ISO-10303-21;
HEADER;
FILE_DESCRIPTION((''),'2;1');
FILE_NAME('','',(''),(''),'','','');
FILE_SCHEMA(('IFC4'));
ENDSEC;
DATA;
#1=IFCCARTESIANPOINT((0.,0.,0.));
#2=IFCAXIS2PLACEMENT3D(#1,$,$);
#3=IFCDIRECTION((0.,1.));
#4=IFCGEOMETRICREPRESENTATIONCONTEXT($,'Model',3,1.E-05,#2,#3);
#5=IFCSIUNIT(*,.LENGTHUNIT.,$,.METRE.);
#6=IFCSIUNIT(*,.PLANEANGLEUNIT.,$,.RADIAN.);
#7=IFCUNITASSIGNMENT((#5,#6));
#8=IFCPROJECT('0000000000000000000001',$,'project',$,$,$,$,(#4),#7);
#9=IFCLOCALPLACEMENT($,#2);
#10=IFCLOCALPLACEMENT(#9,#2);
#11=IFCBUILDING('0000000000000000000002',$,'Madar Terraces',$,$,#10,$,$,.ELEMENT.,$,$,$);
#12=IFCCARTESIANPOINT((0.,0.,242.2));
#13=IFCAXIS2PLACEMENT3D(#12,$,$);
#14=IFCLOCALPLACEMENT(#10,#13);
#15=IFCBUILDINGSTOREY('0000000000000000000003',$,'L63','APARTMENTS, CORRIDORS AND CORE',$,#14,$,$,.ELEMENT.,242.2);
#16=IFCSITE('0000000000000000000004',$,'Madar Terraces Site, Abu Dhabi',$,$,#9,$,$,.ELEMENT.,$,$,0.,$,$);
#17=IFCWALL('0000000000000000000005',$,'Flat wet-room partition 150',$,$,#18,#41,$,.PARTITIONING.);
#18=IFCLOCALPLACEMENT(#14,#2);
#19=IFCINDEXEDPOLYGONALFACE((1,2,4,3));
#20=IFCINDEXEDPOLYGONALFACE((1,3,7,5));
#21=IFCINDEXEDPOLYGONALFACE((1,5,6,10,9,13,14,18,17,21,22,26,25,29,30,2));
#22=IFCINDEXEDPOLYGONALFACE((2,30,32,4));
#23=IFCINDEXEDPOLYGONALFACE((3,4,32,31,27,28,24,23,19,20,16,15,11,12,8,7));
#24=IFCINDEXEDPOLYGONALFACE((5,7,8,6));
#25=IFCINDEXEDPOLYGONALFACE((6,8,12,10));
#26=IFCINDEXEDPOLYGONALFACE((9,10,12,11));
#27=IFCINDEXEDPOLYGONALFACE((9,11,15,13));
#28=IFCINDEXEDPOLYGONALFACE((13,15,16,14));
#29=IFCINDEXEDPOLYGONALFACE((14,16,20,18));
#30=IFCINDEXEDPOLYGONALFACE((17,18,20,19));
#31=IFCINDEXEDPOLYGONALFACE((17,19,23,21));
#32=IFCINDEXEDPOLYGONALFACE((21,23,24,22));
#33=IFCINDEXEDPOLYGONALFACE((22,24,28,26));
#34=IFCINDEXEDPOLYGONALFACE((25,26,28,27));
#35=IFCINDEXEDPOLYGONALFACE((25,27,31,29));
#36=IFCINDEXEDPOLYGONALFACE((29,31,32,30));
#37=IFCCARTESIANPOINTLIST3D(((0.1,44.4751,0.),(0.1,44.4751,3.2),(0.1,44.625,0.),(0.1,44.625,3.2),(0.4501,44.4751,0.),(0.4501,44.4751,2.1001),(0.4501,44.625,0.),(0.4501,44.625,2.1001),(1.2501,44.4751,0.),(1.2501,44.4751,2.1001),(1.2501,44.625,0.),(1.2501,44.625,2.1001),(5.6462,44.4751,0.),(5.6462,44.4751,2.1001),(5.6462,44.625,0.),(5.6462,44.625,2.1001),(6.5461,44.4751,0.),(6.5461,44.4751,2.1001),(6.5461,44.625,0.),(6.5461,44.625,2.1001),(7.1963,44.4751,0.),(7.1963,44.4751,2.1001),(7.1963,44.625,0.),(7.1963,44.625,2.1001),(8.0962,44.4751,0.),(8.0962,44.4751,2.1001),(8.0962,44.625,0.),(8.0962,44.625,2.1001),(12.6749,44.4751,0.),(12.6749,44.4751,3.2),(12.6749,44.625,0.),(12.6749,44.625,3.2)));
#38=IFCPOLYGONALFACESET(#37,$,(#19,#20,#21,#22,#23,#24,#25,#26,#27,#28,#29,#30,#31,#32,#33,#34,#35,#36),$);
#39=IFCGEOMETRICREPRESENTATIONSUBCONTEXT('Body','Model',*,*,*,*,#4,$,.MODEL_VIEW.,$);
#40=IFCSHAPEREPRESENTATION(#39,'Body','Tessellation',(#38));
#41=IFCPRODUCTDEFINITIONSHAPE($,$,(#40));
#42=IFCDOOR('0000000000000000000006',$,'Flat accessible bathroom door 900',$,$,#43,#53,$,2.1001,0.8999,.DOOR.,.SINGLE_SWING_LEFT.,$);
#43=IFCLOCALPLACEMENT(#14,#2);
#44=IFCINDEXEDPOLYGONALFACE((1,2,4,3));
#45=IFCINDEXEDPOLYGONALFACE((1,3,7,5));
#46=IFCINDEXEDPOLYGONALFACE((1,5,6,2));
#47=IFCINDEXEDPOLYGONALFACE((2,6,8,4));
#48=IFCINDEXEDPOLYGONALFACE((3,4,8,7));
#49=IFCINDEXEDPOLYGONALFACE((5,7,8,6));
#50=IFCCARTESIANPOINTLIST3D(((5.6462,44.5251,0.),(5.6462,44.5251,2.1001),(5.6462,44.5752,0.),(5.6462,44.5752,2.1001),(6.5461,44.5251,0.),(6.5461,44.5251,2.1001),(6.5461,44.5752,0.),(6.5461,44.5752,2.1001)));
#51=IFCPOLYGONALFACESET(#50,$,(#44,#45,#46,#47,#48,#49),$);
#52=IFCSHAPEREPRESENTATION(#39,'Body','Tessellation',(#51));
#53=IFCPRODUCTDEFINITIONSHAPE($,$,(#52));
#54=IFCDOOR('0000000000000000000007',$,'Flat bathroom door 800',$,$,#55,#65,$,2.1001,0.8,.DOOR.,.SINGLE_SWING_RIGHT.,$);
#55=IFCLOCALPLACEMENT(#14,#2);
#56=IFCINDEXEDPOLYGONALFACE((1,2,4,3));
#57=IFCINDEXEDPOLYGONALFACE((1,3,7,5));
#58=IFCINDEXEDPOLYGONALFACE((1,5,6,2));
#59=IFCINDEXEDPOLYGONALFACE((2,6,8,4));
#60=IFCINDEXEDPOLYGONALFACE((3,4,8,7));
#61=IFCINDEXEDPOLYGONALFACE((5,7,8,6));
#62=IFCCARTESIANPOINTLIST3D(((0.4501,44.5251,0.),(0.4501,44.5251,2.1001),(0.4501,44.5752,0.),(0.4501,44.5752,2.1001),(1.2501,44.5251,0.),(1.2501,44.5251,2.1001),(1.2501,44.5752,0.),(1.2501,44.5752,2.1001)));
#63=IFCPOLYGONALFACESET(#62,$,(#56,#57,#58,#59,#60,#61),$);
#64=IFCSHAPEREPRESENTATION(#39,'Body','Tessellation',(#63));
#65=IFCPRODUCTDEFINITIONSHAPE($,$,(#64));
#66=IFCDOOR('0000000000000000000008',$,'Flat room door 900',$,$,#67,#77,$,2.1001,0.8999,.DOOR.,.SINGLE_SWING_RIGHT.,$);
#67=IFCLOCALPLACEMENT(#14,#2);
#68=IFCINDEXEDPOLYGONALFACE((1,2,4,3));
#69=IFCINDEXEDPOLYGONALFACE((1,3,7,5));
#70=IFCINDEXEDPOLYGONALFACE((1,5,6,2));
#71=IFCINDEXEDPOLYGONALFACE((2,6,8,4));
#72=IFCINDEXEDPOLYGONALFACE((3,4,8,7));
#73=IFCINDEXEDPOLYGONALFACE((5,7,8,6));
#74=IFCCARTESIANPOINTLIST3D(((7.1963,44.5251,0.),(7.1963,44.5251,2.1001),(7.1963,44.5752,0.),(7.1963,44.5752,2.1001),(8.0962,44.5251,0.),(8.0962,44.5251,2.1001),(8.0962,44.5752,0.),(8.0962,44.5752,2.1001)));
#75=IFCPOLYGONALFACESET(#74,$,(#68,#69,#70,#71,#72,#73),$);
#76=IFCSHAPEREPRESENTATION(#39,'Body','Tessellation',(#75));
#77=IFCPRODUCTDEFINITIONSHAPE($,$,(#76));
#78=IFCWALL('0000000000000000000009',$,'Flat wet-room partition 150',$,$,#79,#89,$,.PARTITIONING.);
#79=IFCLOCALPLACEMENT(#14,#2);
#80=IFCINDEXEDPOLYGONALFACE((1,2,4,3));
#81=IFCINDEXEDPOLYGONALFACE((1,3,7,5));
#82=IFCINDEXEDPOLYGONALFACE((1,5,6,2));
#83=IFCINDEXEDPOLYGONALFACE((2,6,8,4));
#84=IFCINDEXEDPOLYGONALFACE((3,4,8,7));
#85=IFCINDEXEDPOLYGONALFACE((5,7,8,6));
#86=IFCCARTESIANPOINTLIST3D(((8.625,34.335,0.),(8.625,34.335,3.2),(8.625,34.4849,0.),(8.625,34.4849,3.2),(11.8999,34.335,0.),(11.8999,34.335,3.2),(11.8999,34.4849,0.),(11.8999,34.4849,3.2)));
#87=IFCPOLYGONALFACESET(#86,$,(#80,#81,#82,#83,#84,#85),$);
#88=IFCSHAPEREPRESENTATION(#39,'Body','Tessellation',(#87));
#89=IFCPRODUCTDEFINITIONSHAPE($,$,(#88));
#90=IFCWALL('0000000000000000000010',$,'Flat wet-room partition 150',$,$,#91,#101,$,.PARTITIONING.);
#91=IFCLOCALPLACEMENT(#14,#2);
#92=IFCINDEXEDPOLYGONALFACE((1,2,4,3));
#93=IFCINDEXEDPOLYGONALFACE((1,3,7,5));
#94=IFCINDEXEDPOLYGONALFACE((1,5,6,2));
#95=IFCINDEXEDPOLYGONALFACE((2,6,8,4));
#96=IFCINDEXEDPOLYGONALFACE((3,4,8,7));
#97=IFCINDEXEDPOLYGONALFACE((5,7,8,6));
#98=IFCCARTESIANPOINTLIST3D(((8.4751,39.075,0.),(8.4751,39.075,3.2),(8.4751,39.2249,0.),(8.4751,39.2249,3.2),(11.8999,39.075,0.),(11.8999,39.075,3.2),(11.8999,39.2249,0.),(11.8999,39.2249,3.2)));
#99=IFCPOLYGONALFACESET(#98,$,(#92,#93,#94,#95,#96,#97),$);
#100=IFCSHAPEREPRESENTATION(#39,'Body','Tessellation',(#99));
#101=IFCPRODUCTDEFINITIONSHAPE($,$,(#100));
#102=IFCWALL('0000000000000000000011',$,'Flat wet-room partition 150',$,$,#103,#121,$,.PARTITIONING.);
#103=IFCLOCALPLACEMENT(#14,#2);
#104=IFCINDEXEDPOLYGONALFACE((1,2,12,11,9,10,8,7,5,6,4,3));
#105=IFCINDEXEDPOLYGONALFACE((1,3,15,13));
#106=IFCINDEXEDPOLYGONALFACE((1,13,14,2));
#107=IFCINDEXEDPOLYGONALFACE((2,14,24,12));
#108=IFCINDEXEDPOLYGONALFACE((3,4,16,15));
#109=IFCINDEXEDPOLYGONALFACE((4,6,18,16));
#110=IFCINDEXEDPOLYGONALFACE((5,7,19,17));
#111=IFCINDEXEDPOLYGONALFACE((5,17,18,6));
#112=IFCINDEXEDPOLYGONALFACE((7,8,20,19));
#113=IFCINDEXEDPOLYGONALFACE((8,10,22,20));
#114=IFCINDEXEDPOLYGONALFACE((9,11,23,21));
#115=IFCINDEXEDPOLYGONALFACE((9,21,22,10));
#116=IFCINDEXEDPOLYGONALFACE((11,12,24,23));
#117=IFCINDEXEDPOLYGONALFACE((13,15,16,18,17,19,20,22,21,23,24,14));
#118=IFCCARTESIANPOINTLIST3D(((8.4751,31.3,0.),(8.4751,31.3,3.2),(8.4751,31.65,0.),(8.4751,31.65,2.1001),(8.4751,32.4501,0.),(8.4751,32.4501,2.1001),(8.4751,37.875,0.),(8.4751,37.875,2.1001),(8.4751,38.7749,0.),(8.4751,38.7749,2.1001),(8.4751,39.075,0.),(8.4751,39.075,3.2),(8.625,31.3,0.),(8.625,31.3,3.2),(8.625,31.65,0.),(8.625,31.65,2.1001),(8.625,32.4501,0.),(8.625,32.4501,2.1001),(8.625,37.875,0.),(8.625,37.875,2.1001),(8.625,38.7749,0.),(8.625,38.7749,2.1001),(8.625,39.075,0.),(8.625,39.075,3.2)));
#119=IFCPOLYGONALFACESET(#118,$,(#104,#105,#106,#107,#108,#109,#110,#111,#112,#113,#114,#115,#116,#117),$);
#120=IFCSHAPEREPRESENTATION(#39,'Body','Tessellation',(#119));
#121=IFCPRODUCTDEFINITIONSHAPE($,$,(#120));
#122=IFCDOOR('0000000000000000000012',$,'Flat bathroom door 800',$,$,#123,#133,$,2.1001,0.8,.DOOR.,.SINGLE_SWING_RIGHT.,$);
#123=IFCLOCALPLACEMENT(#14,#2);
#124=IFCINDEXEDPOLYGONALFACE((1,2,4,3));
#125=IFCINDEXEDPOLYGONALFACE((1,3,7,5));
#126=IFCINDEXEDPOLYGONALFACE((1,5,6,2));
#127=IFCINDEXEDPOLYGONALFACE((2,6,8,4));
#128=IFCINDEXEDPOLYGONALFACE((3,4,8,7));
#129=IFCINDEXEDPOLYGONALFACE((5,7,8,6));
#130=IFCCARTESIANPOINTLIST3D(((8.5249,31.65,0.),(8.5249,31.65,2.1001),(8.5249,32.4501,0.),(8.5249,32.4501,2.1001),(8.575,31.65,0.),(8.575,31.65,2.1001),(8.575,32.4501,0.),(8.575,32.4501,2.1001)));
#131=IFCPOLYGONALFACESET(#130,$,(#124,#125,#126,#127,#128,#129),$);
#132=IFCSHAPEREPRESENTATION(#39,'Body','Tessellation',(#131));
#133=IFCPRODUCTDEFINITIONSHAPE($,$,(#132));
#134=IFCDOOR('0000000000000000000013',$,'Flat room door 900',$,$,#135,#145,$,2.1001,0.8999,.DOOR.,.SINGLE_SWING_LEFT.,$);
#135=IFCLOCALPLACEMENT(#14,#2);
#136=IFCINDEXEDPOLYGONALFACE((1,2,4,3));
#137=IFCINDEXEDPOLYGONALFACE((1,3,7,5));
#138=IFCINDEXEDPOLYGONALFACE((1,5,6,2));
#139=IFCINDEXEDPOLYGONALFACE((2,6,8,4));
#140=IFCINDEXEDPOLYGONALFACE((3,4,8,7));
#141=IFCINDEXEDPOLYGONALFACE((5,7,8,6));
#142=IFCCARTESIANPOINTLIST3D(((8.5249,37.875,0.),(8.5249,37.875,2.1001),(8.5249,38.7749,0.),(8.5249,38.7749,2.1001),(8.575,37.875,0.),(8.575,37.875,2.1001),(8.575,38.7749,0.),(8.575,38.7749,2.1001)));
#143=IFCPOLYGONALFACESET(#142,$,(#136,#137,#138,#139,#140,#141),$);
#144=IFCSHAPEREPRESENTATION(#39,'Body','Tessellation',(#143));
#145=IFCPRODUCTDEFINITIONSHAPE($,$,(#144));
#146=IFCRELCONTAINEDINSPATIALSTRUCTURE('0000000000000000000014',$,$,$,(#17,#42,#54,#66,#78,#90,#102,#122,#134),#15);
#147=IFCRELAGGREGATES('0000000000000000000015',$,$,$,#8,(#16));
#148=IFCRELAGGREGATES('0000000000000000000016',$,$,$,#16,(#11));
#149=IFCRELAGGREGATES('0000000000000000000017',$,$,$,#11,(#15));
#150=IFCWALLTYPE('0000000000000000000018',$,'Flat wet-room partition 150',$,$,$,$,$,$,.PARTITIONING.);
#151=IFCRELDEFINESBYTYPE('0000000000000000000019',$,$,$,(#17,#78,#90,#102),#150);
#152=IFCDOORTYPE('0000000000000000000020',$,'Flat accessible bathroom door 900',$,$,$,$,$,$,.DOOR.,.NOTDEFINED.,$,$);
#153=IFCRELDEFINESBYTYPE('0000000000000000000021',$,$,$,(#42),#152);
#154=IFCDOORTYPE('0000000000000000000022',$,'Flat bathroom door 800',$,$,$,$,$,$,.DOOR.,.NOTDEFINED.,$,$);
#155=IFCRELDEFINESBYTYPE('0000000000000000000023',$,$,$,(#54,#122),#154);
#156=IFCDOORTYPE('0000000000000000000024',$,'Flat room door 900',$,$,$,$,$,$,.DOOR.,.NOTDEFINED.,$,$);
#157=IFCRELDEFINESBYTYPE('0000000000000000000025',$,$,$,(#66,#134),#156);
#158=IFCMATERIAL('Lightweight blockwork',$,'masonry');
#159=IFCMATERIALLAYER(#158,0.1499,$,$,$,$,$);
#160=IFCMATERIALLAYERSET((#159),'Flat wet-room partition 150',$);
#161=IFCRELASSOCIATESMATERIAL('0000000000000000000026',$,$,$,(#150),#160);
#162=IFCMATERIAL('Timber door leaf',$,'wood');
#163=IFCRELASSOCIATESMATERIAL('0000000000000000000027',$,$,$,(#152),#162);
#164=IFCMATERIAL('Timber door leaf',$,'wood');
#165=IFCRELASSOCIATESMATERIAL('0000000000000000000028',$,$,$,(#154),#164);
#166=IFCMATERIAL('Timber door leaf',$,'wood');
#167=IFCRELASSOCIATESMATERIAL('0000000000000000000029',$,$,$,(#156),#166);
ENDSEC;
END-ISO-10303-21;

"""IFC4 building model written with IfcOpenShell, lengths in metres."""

from ifc_helpers import new_model, si_unit, direction, frame, frame_2d, origin, place, context, subcontext, project, spatial, rectangle, extrude, material, layer, layer_set, type_object, element, fill, save


model = new_model("IFC4")

# Units and contexts
model_context = context("Model", 3, precision=1e-05, world=origin(), true_north=direction((0.0, 1.0)))
body_context = subcontext(model_context, "Body", "Model", "MODEL_VIEW")
ifc_project = project(units=[si_unit("LENGTHUNIT", "METRE"), si_unit("PLANEANGLEUNIT", "RADIAN")], contexts=[model_context])

# Site, building, storey
site_placement = place(None, origin())
site = spatial("IfcSite", under=ifc_project, at=site_placement, Name="Madar Terraces Site, Abu Dhabi", CompositionType="ELEMENT", RefElevation=0.0)
building_placement = place(site_placement, origin())
building = spatial("IfcBuilding", under=site, at=building_placement, Name="Madar Terraces", CompositionType="ELEMENT")
storey_placement = place(building_placement, frame((0.0, 0.0, 242.2)))
storey = spatial("IfcBuildingStorey", under=building, at=storey_placement, Name="L63", Description="APARTMENTS, CORRIDORS AND CORE", CompositionType="ELEMENT", Elevation=242.2)

# Shared definitions
ifc_material_1 = material(Name="Lightweight blockwork", Category="masonry")
ifc_layer_1 = layer(ifc_material_1, 0.1499)
ifc_layer_set_1 = layer_set([ifc_layer_1], Name="Flat wet-room partition 150")
wall_type_1 = type_object("IfcWallType", Name="Flat wet-room partition 150", PredefinedType="PARTITIONING", material=ifc_layer_set_1)

# Wall, openings, doors
wall_1_placement = place(storey_placement, frame((12.675, 44.55, 0.0), z_axis=(0.0, 0.0, 1.0), x_axis=(-1.0, 0.0, 0.0)))
wall_1 = element("IfcWall", 1, at=wall_1_placement, inside=storey, type_object=wall_type_1, Name="Flat wet-room partition 150", PredefinedType="PARTITIONING", context=body_context, shape_type="SweptSolid", body=[
    extrude(rectangle(XDim=12.575, YDim=0.1499, at=frame_2d((6.2876, 0.0))), origin(), (0.0, 0.0, 1.0), 3.2),
])
opening_1_placement = place(wall_1_placement, frame((4.5789, 0.0, 0.0)))
opening_1 = element("IfcOpeningElement", 2, at=opening_1_placement, cuts=wall_1, PredefinedType="OPENING", context=body_context, shape_type="SweptSolid", body=[
    extrude(rectangle(XDim=0.8999, YDim=2.1001, at=frame_2d((0.45, 1.05))), frame((0.0, 0.085, 0.0), z_axis=(0.0, -1.0, 0.0), x_axis=(1.0, 0.0, 0.0)), (0.0, 0.0, 1.0), 0.1699),
])
opening_2_placement = place(wall_1_placement, frame((6.1289, 0.0, 0.0)))
opening_2 = element("IfcOpeningElement", 3, at=opening_2_placement, cuts=wall_1, PredefinedType="OPENING", context=body_context, shape_type="SweptSolid", body=[
    extrude(rectangle(XDim=0.8999, YDim=2.1001, at=frame_2d((0.45, 1.05))), frame((0.0, 0.085, 0.0), z_axis=(0.0, -1.0, 0.0), x_axis=(1.0, 0.0, 0.0)), (0.0, 0.0, 1.0), 0.1699),
])
opening_3_placement = place(wall_1_placement, frame((11.425, 0.0, 0.0)))
opening_3 = element("IfcOpeningElement", 4, at=opening_3_placement, cuts=wall_1, PredefinedType="OPENING", context=body_context, shape_type="SweptSolid", body=[
    extrude(rectangle(XDim=0.8, YDim=2.1001, at=frame_2d((0.3999, 1.05))), frame((0.0, 0.085, 0.0), z_axis=(0.0, -1.0, 0.0), x_axis=(1.0, 0.0, 0.0)), (0.0, 0.0, 1.0), 0.1699),
])
ifc_material_2 = material(Name="Timber door leaf", Category="wood")
door_type_1 = type_object("IfcDoorType", Name="Flat accessible bathroom door 900", OperationType="NOTDEFINED", PredefinedType="DOOR", material=ifc_material_2)
door_1_placement = place(opening_2_placement, origin())
door_1 = element("IfcDoor", 5, at=door_1_placement, inside=storey, type_object=door_type_1, Name="Flat accessible bathroom door 900", OperationType="SINGLE_SWING_LEFT", OverallHeight=2.1001, OverallWidth=0.8999, PredefinedType="DOOR", context=body_context, shape_type="SweptSolid", body=[
    extrude(rectangle(XDim=0.8999, YDim=2.1001, at=frame_2d((0.45, 1.05))), frame((0.0, 0.0249, 0.0), z_axis=(0.0, -1.0, 0.0), x_axis=(1.0, 0.0, 0.0)), (0.0, 0.0, 1.0), 0.05),
])
fill(opening_2, door_1)
ifc_material_3 = material(Name="Timber door leaf", Category="wood")
door_type_2 = type_object("IfcDoorType", Name="Flat bathroom door 800", OperationType="NOTDEFINED", PredefinedType="DOOR", material=ifc_material_3)
door_2_placement = place(opening_3_placement, origin())
door_2 = element("IfcDoor", 6, at=door_2_placement, inside=storey, type_object=door_type_2, Name="Flat bathroom door 800", OperationType="SINGLE_SWING_RIGHT", OverallHeight=2.1001, OverallWidth=0.8, PredefinedType="DOOR", context=body_context, shape_type="SweptSolid", body=[
    extrude(rectangle(XDim=0.8, YDim=2.1001, at=frame_2d((0.3999, 1.05))), frame((0.0, 0.0249, 0.0), z_axis=(0.0, -1.0, 0.0), x_axis=(1.0, 0.0, 0.0)), (0.0, 0.0, 1.0), 0.05),
])
fill(opening_3, door_2)
ifc_material_4 = material(Name="Timber door leaf", Category="wood")
door_type_3 = type_object("IfcDoorType", Name="Flat room door 900", OperationType="NOTDEFINED", PredefinedType="DOOR", material=ifc_material_4)
door_3_placement = place(opening_1_placement, origin())
door_3 = element("IfcDoor", 7, at=door_3_placement, inside=storey, type_object=door_type_3, Name="Flat room door 900", OperationType="SINGLE_SWING_RIGHT", OverallHeight=2.1001, OverallWidth=0.8999, PredefinedType="DOOR", context=body_context, shape_type="SweptSolid", body=[
    extrude(rectangle(XDim=0.8999, YDim=2.1001, at=frame_2d((0.45, 1.05))), frame((0.0, 0.0249, 0.0), z_axis=(0.0, -1.0, 0.0), x_axis=(1.0, 0.0, 0.0)), (0.0, 0.0, 1.0), 0.05),
])
fill(opening_1, door_3)

# Walls
wall_2_placement = place(storey_placement, frame((11.8999, 34.4099, 0.0), z_axis=(0.0, 0.0, 1.0), x_axis=(-1.0, 0.0, 0.0)))
element("IfcWall", 8, at=wall_2_placement, inside=storey, type_object=wall_type_1, Name="Flat wet-room partition 150", PredefinedType="PARTITIONING", context=body_context, shape_type="SweptSolid", body=[
    extrude(rectangle(XDim=3.2749, YDim=0.1499, at=frame_2d((1.6375, 0.0))), origin(), (0.0, 0.0, 1.0), 3.2),
])
wall_3_placement = place(storey_placement, frame((11.8999, 39.1499, 0.0), z_axis=(0.0, 0.0, 1.0), x_axis=(-1.0, 0.0, 0.0)))
element("IfcWall", 9, at=wall_3_placement, inside=storey, type_object=wall_type_1, Name="Flat wet-room partition 150", PredefinedType="PARTITIONING", context=body_context, shape_type="SweptSolid", body=[
    extrude(rectangle(XDim=3.4248, YDim=0.1499, at=frame_2d((1.7124, 0.0))), origin(), (0.0, 0.0, 1.0), 3.2),
])

# Wall, openings, doors
wall_4_placement = place(storey_placement, frame((8.55, 39.075, 0.0), z_axis=(0.0, 0.0, 1.0), x_axis=(0.0, -1.0, 0.0)))
wall_4 = element("IfcWall", 10, at=wall_4_placement, inside=storey, type_object=wall_type_1, Name="Flat wet-room partition 150", PredefinedType="PARTITIONING", context=body_context, shape_type="SweptSolid", body=[
    extrude(rectangle(XDim=7.7749, YDim=0.1499, at=frame_2d((3.8875, 0.0))), origin(), (0.0, 0.0, 1.0), 3.2),
])
opening_4_placement = place(wall_4_placement, frame((0.3, 0.0, 0.0)))
opening_4 = element("IfcOpeningElement", 11, at=opening_4_placement, cuts=wall_4, PredefinedType="OPENING", context=body_context, shape_type="SweptSolid", body=[
    extrude(rectangle(XDim=0.8999, YDim=2.1001, at=frame_2d((0.45, 1.05))), frame((0.0, 0.085, 0.0), z_axis=(0.0, -1.0, 0.0), x_axis=(1.0, 0.0, 0.0)), (0.0, 0.0, 1.0), 0.1699),
])
opening_5_placement = place(wall_4_placement, frame((6.625, 0.0, 0.0)))
opening_5 = element("IfcOpeningElement", 12, at=opening_5_placement, cuts=wall_4, PredefinedType="OPENING", context=body_context, shape_type="SweptSolid", body=[
    extrude(rectangle(XDim=0.8, YDim=2.1001, at=frame_2d((0.3999, 1.05))), frame((0.0, 0.085, 0.0), z_axis=(0.0, -1.0, 0.0), x_axis=(1.0, 0.0, 0.0)), (0.0, 0.0, 1.0), 0.1699),
])
door_4_placement = place(opening_5_placement, origin())
door_4 = element("IfcDoor", 13, at=door_4_placement, inside=storey, type_object=door_type_2, Name="Flat bathroom door 800", OperationType="SINGLE_SWING_RIGHT", OverallHeight=2.1001, OverallWidth=0.8, PredefinedType="DOOR", context=body_context, shape_type="SweptSolid", body=[
    extrude(rectangle(XDim=0.8, YDim=2.1001, at=frame_2d((0.3999, 1.05))), frame((0.0, 0.0249, 0.0), z_axis=(0.0, -1.0, 0.0), x_axis=(1.0, 0.0, 0.0)), (0.0, 0.0, 1.0), 0.05),
])
fill(opening_5, door_4)
door_5_placement = place(opening_4_placement, origin())
door_5 = element("IfcDoor", 14, at=door_5_placement, inside=storey, type_object=door_type_3, Name="Flat room door 900", OperationType="SINGLE_SWING_LEFT", OverallHeight=2.1001, OverallWidth=0.8999, PredefinedType="DOOR", context=body_context, shape_type="SweptSolid", body=[
    extrude(rectangle(XDim=0.8999, YDim=2.1001, at=frame_2d((0.45, 1.05))), frame((0.0, 0.0249, 0.0), z_axis=(0.0, -1.0, 0.0), x_axis=(1.0, 0.0, 0.0)), (0.0, 0.0, 1.0), 0.05),
])
fill(opening_4, door_5)

save(model, "model.ifc")
